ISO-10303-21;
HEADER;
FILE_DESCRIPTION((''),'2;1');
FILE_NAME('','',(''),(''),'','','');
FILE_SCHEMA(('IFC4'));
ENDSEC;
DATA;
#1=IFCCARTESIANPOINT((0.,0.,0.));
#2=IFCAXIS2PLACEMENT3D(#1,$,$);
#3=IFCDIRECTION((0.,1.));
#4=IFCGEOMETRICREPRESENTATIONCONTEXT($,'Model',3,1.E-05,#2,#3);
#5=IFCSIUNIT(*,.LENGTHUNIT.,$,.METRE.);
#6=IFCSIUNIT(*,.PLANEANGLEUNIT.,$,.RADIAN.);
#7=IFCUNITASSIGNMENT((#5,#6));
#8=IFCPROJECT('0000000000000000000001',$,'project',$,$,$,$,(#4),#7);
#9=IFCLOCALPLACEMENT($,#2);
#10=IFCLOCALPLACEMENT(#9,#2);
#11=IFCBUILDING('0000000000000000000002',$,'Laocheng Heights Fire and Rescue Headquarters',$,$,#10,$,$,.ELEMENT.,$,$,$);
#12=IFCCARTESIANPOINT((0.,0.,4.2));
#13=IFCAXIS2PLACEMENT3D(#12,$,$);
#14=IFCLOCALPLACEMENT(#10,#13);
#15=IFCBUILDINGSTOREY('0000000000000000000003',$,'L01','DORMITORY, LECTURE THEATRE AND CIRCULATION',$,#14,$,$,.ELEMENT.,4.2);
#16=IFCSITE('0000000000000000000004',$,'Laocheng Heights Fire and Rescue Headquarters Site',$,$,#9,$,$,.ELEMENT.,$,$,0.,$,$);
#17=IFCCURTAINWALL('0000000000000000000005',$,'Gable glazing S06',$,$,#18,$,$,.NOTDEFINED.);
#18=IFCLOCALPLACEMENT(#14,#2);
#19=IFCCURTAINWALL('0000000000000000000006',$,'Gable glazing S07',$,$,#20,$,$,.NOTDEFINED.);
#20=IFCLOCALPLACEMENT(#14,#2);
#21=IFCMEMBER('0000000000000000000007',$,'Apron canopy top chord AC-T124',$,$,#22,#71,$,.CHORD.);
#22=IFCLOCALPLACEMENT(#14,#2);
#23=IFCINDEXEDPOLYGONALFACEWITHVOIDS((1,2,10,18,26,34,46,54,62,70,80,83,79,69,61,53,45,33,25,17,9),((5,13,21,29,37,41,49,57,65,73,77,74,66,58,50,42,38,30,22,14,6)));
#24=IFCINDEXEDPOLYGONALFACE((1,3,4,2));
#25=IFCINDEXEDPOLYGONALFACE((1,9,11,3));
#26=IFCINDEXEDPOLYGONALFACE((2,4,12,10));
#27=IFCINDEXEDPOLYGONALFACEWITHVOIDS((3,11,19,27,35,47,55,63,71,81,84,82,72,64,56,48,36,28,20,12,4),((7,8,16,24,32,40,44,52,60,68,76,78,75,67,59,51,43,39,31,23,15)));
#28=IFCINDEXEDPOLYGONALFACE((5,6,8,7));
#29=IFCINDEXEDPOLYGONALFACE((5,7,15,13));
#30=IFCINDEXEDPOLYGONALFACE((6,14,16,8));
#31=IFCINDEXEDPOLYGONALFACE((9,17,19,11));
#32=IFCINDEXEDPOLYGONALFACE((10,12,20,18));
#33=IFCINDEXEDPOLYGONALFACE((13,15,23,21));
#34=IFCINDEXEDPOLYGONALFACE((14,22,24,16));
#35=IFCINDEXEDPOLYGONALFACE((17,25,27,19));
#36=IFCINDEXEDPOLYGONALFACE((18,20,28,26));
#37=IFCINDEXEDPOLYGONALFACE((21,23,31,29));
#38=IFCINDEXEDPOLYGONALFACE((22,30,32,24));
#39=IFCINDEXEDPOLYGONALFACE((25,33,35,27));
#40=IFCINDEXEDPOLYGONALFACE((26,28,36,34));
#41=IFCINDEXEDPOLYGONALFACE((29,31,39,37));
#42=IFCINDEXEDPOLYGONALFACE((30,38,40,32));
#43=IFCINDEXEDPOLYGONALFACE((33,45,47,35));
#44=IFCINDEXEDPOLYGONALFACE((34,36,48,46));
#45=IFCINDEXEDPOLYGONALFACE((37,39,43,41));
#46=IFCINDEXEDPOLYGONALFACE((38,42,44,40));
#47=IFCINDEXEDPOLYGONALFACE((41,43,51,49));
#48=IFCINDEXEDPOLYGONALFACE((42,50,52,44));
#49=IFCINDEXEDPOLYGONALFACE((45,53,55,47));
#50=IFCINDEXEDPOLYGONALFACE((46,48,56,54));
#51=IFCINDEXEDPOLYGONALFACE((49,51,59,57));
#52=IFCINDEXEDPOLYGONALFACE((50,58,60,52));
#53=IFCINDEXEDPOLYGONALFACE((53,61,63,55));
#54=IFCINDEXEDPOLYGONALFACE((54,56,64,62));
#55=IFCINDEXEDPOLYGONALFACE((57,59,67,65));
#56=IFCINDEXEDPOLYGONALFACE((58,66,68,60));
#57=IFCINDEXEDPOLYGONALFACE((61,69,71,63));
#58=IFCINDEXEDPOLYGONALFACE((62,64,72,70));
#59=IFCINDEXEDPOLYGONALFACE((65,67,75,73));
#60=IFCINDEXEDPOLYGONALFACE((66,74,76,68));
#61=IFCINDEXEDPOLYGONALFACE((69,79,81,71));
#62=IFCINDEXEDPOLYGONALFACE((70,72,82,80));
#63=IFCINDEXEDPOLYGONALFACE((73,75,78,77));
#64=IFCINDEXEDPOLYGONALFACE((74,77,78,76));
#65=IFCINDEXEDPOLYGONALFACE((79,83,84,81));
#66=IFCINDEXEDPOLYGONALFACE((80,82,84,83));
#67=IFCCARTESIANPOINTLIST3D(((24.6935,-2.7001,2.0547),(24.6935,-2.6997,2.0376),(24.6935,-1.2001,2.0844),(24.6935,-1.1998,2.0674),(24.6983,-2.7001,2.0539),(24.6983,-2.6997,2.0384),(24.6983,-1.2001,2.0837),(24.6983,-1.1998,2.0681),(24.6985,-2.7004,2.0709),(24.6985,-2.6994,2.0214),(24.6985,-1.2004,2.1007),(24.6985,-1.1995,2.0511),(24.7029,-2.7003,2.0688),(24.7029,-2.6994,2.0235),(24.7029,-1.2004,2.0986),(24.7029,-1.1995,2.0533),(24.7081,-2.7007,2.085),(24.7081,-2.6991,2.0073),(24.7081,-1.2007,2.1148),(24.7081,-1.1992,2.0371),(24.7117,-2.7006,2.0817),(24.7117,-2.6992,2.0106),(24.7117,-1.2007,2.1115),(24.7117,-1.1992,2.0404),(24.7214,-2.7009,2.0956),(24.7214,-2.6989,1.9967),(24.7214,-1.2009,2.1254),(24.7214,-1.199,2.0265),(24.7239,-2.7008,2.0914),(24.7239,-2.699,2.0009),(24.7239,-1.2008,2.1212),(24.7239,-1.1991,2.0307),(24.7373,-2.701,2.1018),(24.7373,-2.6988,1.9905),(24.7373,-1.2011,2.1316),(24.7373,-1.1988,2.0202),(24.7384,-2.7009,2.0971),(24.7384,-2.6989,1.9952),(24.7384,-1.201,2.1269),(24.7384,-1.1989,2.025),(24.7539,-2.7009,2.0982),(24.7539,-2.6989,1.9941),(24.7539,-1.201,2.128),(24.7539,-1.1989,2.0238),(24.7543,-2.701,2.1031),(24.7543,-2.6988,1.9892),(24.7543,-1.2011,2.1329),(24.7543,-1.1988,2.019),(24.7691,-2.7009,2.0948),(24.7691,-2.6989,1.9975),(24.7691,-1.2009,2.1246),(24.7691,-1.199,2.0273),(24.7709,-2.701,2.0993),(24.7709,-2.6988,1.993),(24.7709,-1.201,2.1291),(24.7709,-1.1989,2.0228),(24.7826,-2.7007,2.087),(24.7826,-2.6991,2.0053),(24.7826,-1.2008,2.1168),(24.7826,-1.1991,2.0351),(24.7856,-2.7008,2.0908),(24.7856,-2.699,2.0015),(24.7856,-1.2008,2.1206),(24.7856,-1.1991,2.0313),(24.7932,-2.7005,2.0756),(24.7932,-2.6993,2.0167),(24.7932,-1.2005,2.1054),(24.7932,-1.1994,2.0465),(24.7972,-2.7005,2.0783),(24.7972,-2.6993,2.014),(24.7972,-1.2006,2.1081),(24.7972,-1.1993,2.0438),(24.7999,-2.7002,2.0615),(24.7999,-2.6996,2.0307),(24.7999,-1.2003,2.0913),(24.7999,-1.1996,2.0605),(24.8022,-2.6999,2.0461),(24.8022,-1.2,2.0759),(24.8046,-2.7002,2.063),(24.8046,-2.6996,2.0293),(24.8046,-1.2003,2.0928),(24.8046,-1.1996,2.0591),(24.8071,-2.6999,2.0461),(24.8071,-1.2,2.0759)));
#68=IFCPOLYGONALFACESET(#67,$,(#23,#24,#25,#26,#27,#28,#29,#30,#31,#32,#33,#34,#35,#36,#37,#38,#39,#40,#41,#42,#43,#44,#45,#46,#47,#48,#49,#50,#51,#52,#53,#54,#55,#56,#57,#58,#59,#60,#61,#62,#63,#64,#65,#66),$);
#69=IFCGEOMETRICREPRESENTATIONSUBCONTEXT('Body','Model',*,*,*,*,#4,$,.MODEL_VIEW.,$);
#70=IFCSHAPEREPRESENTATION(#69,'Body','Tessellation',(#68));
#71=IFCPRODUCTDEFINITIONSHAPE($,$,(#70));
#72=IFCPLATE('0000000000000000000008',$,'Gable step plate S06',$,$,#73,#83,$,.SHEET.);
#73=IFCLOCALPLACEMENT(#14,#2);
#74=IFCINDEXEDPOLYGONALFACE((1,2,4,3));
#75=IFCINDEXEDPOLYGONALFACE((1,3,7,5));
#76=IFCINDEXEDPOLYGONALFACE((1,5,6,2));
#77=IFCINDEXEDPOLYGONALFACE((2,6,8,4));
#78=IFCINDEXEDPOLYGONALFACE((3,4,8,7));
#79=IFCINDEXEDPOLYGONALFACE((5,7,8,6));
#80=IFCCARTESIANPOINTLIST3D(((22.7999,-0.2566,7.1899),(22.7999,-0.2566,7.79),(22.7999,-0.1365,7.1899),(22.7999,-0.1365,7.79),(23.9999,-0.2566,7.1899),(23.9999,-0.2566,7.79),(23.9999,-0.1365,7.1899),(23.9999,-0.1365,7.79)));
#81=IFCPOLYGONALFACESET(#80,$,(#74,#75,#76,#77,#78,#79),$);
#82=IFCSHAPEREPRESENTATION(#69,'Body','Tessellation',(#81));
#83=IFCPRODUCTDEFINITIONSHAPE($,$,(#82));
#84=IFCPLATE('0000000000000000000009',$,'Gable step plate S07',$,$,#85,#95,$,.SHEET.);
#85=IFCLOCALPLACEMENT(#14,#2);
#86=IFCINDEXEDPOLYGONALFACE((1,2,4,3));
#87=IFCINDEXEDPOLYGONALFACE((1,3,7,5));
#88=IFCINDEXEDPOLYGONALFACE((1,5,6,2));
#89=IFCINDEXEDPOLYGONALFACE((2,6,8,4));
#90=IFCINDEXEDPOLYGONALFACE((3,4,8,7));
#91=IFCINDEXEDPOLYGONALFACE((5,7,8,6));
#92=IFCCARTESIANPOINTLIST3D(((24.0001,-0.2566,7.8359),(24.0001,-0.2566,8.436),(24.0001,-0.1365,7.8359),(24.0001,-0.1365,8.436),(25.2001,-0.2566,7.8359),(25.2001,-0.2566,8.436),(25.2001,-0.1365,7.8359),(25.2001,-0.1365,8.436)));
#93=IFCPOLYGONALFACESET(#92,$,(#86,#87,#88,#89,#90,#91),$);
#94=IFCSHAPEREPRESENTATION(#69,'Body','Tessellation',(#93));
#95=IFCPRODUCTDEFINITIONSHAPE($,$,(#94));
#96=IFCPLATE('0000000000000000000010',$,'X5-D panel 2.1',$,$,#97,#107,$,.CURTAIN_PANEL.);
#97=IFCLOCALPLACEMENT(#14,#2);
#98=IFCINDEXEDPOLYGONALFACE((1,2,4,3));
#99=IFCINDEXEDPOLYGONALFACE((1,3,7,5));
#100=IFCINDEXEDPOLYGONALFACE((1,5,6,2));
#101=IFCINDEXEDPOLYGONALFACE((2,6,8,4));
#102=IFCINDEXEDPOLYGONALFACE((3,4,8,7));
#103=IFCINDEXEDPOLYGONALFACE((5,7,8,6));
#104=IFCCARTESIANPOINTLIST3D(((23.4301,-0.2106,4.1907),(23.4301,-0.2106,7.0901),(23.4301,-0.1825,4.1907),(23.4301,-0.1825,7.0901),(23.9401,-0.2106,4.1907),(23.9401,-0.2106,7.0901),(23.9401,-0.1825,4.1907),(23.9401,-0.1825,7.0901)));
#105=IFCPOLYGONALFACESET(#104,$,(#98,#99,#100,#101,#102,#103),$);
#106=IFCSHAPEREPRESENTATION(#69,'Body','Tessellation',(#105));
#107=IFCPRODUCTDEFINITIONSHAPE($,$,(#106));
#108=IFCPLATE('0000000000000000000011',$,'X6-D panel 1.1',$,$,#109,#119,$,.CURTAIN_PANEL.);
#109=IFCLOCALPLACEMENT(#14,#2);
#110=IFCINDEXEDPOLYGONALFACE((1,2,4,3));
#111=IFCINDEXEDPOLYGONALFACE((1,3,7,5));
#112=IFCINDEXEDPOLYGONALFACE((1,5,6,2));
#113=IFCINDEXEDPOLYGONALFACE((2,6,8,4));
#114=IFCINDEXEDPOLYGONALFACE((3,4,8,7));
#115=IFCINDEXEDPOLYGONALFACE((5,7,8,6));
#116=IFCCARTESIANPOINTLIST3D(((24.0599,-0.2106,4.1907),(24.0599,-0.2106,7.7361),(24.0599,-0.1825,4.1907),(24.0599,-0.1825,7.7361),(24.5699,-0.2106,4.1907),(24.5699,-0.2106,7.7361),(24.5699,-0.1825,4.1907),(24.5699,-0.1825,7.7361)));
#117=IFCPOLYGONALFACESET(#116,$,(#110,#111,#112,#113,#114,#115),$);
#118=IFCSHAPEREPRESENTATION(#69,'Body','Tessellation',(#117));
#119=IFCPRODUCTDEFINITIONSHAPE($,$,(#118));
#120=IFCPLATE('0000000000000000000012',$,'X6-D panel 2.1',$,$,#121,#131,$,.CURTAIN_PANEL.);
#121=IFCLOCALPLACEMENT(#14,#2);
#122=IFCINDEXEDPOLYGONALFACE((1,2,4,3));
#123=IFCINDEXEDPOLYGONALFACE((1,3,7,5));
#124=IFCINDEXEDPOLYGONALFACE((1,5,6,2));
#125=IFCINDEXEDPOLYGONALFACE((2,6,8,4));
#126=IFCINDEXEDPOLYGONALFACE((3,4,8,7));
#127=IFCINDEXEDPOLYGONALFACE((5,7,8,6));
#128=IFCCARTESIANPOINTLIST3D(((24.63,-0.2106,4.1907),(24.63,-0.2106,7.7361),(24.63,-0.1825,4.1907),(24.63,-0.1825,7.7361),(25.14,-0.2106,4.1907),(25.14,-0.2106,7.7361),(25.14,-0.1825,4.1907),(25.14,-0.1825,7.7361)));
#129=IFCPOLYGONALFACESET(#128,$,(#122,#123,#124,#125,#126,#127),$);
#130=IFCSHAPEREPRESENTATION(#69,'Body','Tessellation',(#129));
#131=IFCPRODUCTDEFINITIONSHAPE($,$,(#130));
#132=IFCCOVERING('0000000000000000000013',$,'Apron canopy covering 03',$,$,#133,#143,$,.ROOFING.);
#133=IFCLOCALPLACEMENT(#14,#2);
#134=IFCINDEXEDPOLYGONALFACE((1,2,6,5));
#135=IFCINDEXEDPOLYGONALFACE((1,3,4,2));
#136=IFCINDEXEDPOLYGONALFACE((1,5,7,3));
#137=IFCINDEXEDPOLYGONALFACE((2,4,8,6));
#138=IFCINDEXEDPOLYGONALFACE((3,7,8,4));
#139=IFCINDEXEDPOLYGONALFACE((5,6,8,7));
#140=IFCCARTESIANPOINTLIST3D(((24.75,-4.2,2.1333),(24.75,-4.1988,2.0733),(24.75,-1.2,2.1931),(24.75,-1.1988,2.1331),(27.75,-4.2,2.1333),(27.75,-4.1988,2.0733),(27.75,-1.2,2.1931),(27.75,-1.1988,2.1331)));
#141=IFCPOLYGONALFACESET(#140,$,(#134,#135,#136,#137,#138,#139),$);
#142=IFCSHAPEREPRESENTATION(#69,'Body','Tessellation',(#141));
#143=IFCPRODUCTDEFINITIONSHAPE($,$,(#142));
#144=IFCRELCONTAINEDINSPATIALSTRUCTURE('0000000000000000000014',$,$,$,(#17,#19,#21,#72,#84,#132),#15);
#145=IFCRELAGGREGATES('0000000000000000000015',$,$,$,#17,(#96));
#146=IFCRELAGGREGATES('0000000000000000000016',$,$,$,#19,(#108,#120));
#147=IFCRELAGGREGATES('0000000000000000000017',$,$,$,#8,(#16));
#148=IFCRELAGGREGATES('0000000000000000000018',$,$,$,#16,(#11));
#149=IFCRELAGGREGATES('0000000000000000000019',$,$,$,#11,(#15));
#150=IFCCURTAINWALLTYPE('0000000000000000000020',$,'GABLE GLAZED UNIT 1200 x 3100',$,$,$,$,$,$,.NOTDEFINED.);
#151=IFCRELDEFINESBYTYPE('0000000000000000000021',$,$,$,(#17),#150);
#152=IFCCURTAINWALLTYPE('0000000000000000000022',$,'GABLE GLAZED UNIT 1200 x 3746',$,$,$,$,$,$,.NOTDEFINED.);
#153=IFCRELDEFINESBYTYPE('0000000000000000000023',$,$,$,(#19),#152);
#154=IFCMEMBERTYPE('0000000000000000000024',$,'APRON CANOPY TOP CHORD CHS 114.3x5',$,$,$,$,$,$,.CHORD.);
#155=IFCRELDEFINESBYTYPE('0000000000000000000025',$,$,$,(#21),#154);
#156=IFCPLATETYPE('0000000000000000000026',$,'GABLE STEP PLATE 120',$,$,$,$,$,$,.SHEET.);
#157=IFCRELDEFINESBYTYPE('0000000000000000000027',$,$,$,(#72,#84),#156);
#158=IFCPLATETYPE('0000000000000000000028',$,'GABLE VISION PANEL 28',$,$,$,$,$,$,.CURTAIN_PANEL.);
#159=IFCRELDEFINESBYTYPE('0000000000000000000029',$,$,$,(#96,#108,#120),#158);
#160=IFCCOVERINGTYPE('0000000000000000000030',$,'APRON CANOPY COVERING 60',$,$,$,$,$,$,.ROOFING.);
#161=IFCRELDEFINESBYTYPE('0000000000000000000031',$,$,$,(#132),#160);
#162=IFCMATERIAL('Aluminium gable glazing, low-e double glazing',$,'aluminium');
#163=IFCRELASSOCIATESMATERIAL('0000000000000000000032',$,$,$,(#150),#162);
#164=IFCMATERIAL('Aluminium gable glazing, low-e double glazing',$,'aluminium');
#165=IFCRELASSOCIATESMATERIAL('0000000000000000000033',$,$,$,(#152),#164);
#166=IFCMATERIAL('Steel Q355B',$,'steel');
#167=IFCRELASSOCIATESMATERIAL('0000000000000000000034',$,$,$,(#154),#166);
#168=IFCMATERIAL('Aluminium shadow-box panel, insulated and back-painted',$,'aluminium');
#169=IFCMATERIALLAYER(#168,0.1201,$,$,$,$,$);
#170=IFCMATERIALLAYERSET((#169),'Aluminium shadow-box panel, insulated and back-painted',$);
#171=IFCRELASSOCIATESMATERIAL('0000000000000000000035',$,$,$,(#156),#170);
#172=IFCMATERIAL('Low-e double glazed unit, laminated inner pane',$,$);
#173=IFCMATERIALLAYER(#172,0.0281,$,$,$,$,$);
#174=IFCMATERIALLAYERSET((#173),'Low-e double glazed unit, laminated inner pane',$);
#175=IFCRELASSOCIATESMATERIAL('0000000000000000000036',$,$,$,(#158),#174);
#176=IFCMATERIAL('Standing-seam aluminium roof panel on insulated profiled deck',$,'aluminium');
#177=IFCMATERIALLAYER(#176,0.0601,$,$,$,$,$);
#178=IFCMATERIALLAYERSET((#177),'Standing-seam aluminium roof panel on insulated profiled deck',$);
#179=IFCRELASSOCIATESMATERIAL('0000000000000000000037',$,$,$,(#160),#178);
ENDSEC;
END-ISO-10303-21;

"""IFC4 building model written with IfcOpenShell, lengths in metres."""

from ifc_helpers import new_model, si_unit, direction, frame, origin, origin_2d, place, context, subcontext, project, spatial, polyline, rectangle, hollow_circle, outline, extrude, material, layer, layer_set, material_profile, profile_set, type_object, element, aggregate, save


model = new_model("IFC4")

# Units and contexts
model_context = context("Model", 3, precision=1e-05, world=origin(), true_north=direction((0.0, 1.0)))
body_context = subcontext(model_context, "Body", "Model", "MODEL_VIEW")
ifc_project = project(units=[si_unit("LENGTHUNIT", "METRE"), si_unit("PLANEANGLEUNIT", "RADIAN")], contexts=[model_context])

# Site, building, storey
site_placement = place(None, origin())
site = spatial("IfcSite", under=ifc_project, at=site_placement, Name="Laocheng Heights Fire and Rescue Headquarters Site", CompositionType="ELEMENT", RefElevation=0.0)
building_placement = place(site_placement, origin())
building = spatial("IfcBuilding", under=site, at=building_placement, Name="Laocheng Heights Fire and Rescue Headquarters", CompositionType="ELEMENT")
storey_placement = place(building_placement, frame((0.0, 0.0, 4.2)))
storey = spatial("IfcBuildingStorey", under=building, at=storey_placement, Name="L01", Description="DORMITORY, LECTURE THEATRE AND CIRCULATION", CompositionType="ELEMENT", Elevation=4.2)

# Curtain walls
ifc_material_1 = material(Name="Aluminium gable glazing, low-e double glazing", Category="aluminium")
curtain_wall_type_1 = type_object("IfcCurtainWallType", Name="GABLE GLAZED UNIT 1200 x 3100", PredefinedType="NOTDEFINED", material=ifc_material_1)
curtain_wall_1_placement = place(storey_placement, origin())
curtain_wall_1 = element("IfcCurtainWall", 1, at=curtain_wall_1_placement, inside=storey, type_object=curtain_wall_type_1, Name="Gable glazing S06", PredefinedType="NOTDEFINED")
ifc_material_2 = material(Name="Aluminium gable glazing, low-e double glazing", Category="aluminium")
curtain_wall_type_2 = type_object("IfcCurtainWallType", Name="GABLE GLAZED UNIT 1200 x 3746", PredefinedType="NOTDEFINED", material=ifc_material_2)
curtain_wall_2_placement = place(storey_placement, origin())
curtain_wall_2 = element("IfcCurtainWall", 2, at=curtain_wall_2_placement, inside=storey, type_object=curtain_wall_type_2, Name="Gable glazing S07", PredefinedType="NOTDEFINED")

# Member
ifc_material_3 = material(Name="Steel Q355B", Category="steel")
ifc_material_profile_1 = material_profile(ifc_material_3, hollow_circle(Radius=0.0571, WallThickness=0.0049, at=origin_2d()), Name="CHS 114.3x5")
ifc_profile_set_1 = profile_set([ifc_material_profile_1], Name="Steel Q355B")
member_type_1 = type_object("IfcMemberType", Name="APRON CANOPY TOP CHORD CHS 114.3x5", PredefinedType="CHORD", material=ifc_profile_set_1)
for number, where, z_axis, x_axis, name in (
    (3, (24.75, -1.2, 2.0759), (0.0, -0.999803, -0.019853), (1.0, 0.0, 0.0), "Apron canopy top chord AC-T124"),
):
    element("IfcMember", number, at=place(storey_placement, frame(where, z_axis=z_axis, x_axis=x_axis)), inside=storey, type_object=member_type_1, Name=name, PredefinedType="CHORD", context=body_context, shape_type="SweptSolid", body=[
        extrude(hollow_circle(Radius=0.0571, WallThickness=0.0049, at=origin_2d()), origin(), (0.0, 0.0, 1.0), 1.5002),
    ])

# Plates
ifc_material_4 = material(Name="Aluminium shadow-box panel, insulated and back-painted", Category="aluminium")
ifc_layer_1 = layer(ifc_material_4, 0.1201)
ifc_layer_set_1 = layer_set([ifc_layer_1], Name="Aluminium shadow-box panel, insulated and back-painted")
plate_type_1 = type_object("IfcPlateType", Name="GABLE STEP PLATE 120", PredefinedType="SHEET", material=ifc_layer_set_1)
for number, where, z_axis, x_axis, name in (
    (4, (23.3999, -0.1965, 7.1899), (0.0, 0.0, 1.0), (1.0, 0.0, 0.0), "Gable step plate S06"),
    (5, (24.6001, -0.1965, 7.8359), (0.0, 0.0, 1.0), (1.0, 0.0, 0.0), "Gable step plate S07"),
):
    element("IfcPlate", number, at=place(storey_placement, frame(where, z_axis=z_axis, x_axis=x_axis)), inside=storey, type_object=plate_type_1, Name=name, PredefinedType="SHEET", context=body_context, shape_type="SweptSolid", body=[
        extrude(rectangle(XDim=1.2, YDim=0.1201, at=origin_2d()), origin(), (0.0, 0.0, 1.0), 0.6001),
    ])

# Plates
ifc_material_5 = material(Name="Low-e double glazed unit, laminated inner pane")
ifc_layer_2 = layer(ifc_material_5, 0.0281)
ifc_layer_set_2 = layer_set([ifc_layer_2], Name="Low-e double glazed unit, laminated inner pane")
plate_type_2 = type_object("IfcPlateType", Name="GABLE VISION PANEL 28", PredefinedType="CURTAIN_PANEL", material=ifc_layer_set_2)
plate_1_placement = place(storey_placement, frame((23.6851, -0.1965, 4.1907), z_axis=(0.0, 0.0, 1.0), x_axis=(1.0, 0.0, 0.0)))
plate_1 = element("IfcPlate", 6, at=plate_1_placement, type_object=plate_type_2, Name="X5-D panel 2.1", PredefinedType="CURTAIN_PANEL", context=body_context, shape_type="SweptSolid", body=[
    extrude(rectangle(XDim=0.51, YDim=0.0281, at=origin_2d()), origin(), (0.0, 0.0, 1.0), 2.8994),
])
aggregate(curtain_wall_1, [plate_1])
plate_2_placement = place(storey_placement, frame((24.3149, -0.1965, 4.1907), z_axis=(0.0, 0.0, 1.0), x_axis=(1.0, 0.0, 0.0)))
plate_2 = element("IfcPlate", 7, at=plate_2_placement, type_object=plate_type_2, Name="X6-D panel 1.1", PredefinedType="CURTAIN_PANEL", context=body_context, shape_type="SweptSolid", body=[
    extrude(rectangle(XDim=0.51, YDim=0.0281, at=origin_2d()), origin(), (0.0, 0.0, 1.0), 3.5454),
])
plate_3_placement = place(storey_placement, frame((24.885, -0.1965, 4.1907), z_axis=(0.0, 0.0, 1.0), x_axis=(1.0, 0.0, 0.0)))
plate_3 = element("IfcPlate", 8, at=plate_3_placement, type_object=plate_type_2, Name="X6-D panel 2.1", PredefinedType="CURTAIN_PANEL", context=body_context, shape_type="SweptSolid", body=[
    extrude(rectangle(XDim=0.51, YDim=0.0281, at=origin_2d()), origin(), (0.0, 0.0, 1.0), 3.5454),
])
aggregate(curtain_wall_2, [plate_2, plate_3])

# Covering
ifc_material_6 = material(Name="Standing-seam aluminium roof panel on insulated profiled deck", Category="aluminium")
ifc_layer_3 = layer(ifc_material_6, 0.0601)
ifc_layer_set_3 = layer_set([ifc_layer_3], Name="Standing-seam aluminium roof panel on insulated profiled deck")
covering_type = type_object("IfcCoveringType", Name="APRON CANOPY COVERING 60", PredefinedType="ROOFING", material=ifc_layer_set_3)
covering_placement = place(storey_placement, frame((24.75, -1.2, 2.1931), z_axis=(0.0, -0.019934, 0.999801), x_axis=(1.0, 0.0, 0.0)))
element("IfcCovering", 9, at=covering_placement, inside=storey, type_object=covering_type, Name="Apron canopy covering 03", PredefinedType="ROOFING", context=body_context, shape_type="SweptSolid", body=[
    extrude(outline(polyline([(0.0, 0.0), (3.0, 0.0), (3.0, -3.0006), (0.0, -3.0006), (0.0, 0.0)])), origin(), (0.0, 0.0, -1.0), 0.0601),
])

save(model, "model.ifc")
